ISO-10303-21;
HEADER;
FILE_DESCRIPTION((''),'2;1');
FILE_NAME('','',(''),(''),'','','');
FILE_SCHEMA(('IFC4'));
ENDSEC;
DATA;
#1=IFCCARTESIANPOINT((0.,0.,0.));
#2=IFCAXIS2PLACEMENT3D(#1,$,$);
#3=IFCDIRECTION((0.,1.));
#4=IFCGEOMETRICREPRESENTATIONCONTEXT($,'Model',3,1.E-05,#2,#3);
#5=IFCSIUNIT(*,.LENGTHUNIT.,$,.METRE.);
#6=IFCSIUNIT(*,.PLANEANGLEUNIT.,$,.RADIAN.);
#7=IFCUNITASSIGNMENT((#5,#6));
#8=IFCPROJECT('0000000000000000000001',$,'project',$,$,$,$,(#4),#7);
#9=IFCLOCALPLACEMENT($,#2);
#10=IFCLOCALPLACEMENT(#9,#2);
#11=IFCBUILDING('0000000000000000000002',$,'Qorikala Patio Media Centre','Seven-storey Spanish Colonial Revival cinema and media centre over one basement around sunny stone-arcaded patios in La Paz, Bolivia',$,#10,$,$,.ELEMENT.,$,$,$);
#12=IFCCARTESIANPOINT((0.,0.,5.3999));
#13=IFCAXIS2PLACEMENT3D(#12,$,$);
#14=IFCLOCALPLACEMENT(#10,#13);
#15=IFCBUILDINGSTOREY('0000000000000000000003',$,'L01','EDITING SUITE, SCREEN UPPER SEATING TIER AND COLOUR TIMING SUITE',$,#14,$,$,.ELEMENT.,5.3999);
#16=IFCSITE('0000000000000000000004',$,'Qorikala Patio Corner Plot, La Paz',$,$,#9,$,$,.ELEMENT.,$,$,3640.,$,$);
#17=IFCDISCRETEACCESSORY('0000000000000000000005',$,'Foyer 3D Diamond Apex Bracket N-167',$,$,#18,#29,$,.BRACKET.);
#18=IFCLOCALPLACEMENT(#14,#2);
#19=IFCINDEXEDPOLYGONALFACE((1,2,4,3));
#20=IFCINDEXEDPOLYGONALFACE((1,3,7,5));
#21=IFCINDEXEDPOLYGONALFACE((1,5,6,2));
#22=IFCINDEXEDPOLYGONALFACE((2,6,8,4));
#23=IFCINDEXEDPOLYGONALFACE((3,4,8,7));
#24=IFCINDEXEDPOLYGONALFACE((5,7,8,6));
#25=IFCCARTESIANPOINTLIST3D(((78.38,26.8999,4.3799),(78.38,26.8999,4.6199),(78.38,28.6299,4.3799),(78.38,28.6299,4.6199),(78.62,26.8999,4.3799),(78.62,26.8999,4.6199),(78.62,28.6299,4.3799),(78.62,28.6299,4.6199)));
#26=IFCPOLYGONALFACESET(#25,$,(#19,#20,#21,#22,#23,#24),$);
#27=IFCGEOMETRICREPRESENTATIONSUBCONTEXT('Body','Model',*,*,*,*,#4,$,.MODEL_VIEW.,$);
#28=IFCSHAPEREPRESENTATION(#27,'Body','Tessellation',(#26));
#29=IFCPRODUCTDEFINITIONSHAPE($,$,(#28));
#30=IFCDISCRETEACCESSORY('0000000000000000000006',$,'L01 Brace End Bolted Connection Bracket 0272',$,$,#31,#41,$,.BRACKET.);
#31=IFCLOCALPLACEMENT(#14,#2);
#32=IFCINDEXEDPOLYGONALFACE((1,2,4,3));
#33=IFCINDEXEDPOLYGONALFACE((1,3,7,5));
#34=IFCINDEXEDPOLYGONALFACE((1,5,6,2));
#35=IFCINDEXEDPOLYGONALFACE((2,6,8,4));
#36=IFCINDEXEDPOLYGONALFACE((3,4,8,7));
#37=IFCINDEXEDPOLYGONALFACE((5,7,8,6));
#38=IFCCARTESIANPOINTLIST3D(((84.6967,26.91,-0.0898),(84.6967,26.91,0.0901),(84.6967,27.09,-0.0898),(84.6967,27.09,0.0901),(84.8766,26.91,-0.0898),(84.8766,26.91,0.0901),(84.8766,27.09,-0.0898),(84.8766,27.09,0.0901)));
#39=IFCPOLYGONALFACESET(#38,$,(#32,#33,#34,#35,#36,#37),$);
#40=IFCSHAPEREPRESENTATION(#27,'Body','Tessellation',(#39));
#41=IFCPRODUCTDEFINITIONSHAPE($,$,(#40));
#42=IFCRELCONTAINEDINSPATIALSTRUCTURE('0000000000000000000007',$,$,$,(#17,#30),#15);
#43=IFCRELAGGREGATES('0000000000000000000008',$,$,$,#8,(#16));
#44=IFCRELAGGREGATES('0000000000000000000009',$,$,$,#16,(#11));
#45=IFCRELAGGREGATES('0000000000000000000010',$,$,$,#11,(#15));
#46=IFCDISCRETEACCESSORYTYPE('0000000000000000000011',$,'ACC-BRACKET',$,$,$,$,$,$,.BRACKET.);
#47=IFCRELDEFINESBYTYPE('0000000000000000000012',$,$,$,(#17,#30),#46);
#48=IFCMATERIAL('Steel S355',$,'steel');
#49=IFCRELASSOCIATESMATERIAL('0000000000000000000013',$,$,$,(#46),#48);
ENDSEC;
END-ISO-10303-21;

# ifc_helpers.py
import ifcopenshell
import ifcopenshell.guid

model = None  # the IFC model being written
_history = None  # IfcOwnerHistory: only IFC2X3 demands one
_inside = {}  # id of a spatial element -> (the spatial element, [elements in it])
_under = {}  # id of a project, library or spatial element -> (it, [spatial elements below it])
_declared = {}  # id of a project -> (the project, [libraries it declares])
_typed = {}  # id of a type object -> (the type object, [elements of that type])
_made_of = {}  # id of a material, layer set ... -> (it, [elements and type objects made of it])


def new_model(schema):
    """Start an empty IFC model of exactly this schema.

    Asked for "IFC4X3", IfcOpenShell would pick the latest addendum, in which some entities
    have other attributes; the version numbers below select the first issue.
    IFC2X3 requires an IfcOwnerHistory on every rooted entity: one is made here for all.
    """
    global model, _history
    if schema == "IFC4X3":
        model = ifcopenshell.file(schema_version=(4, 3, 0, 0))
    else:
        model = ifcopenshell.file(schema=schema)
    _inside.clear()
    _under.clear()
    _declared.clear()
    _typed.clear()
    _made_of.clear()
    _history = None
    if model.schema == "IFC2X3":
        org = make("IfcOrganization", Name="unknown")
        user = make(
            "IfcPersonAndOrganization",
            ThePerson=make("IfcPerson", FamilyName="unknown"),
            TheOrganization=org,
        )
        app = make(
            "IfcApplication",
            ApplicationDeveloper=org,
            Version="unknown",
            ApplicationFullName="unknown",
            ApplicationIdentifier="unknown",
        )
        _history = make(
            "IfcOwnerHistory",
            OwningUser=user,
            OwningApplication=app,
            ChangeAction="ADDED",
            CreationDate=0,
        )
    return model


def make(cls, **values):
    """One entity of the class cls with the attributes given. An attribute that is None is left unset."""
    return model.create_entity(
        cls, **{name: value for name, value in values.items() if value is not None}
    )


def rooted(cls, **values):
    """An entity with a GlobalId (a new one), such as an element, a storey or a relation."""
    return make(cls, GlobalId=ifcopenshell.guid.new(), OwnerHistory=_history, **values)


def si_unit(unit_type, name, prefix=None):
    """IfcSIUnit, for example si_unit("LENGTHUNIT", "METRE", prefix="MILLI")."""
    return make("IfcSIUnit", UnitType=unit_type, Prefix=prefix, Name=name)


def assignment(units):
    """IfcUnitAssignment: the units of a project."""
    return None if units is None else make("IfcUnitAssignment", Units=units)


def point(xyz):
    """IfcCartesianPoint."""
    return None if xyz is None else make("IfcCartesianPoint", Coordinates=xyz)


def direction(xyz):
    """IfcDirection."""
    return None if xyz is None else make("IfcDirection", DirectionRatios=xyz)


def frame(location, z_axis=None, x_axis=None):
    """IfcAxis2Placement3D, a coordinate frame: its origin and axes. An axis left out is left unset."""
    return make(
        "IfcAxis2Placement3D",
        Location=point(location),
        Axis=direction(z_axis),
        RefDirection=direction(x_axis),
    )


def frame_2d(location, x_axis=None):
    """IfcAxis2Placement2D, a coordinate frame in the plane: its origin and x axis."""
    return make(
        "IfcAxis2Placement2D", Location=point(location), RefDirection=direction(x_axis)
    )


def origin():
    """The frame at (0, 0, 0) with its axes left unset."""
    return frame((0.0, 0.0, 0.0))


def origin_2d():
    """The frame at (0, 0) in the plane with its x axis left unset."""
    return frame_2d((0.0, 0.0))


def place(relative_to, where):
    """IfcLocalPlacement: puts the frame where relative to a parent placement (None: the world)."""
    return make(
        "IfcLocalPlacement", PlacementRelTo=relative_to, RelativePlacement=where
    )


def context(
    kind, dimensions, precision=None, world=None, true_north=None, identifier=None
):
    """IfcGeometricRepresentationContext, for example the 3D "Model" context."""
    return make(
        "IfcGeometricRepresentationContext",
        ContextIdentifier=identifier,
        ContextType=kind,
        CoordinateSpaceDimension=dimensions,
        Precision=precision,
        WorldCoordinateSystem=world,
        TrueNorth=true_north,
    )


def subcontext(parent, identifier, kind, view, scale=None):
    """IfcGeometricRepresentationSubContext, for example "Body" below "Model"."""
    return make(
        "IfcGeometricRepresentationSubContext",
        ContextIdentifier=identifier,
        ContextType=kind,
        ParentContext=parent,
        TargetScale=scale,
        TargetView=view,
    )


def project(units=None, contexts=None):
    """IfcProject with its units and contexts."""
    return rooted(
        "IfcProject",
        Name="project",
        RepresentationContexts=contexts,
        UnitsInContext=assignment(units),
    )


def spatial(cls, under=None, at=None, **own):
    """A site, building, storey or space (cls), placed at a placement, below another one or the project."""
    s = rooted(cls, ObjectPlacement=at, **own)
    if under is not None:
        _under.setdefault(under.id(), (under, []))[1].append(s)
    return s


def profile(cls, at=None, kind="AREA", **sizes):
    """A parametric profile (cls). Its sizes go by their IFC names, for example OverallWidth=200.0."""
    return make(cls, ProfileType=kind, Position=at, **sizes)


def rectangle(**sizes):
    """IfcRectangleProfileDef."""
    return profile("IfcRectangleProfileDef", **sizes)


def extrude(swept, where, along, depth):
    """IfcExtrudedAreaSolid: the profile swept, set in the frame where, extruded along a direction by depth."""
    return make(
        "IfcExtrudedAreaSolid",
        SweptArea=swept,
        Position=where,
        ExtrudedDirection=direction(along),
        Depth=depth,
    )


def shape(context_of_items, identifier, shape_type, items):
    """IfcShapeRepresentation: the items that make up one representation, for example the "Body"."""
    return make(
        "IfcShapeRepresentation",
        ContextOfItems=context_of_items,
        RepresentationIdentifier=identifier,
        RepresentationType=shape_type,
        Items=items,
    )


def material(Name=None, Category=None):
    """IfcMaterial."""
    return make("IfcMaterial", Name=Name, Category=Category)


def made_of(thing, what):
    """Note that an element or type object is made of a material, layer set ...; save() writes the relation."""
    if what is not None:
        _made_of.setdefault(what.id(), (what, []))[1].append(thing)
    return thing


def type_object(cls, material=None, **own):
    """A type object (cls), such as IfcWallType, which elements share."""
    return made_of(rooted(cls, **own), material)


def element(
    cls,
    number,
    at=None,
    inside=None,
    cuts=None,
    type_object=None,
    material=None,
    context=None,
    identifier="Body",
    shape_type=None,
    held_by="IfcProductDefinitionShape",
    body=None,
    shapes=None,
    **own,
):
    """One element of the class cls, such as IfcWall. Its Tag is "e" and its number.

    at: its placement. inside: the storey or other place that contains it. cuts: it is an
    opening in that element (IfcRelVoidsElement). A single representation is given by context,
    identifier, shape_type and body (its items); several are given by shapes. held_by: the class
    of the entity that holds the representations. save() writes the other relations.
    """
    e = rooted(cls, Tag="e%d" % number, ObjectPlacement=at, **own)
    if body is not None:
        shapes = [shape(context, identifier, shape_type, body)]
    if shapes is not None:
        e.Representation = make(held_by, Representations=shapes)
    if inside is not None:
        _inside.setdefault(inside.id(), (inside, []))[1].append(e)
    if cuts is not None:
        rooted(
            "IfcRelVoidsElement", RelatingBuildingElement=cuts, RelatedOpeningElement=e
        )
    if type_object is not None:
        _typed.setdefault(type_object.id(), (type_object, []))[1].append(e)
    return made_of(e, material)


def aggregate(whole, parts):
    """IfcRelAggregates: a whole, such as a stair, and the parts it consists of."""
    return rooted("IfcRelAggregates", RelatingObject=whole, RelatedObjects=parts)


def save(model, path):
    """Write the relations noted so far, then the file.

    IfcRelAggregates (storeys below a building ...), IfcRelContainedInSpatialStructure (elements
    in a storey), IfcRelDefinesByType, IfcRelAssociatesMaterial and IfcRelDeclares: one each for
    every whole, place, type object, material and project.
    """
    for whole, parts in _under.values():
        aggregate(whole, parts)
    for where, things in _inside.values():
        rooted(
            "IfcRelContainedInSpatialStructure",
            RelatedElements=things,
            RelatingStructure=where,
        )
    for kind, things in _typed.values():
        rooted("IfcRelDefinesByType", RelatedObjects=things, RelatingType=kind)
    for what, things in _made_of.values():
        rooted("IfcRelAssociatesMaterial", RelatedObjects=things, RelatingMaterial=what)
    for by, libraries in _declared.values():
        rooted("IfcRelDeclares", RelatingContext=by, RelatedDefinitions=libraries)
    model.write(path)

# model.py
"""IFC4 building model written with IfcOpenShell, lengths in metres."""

from ifc_helpers import new_model, si_unit, direction, frame, origin, origin_2d, place, context, subcontext, project, spatial, rectangle, extrude, material, type_object, element, save


model = new_model("IFC4")

# Units and contexts
model_context = context("Model", 3, precision=1e-05, world=origin(), true_north=direction((0.0, 1.0)))
body_context = subcontext(model_context, "Body", "Model", "MODEL_VIEW")
ifc_project = project(units=[si_unit("LENGTHUNIT", "METRE"), si_unit("PLANEANGLEUNIT", "RADIAN")], contexts=[model_context])

# Site, building, storey
site_placement = place(None, origin())
site = spatial("IfcSite", under=ifc_project, at=site_placement, Name="Qorikala Patio Corner Plot, La Paz", CompositionType="ELEMENT", RefElevation=3640.0)
building_placement = place(site_placement, origin())
building = spatial("IfcBuilding", under=site, at=building_placement, Name="Qorikala Patio Media Centre", Description="Seven-storey Spanish Colonial Revival cinema and media centre over one basement around sunny stone-arcaded patios in La Paz, Bolivia", CompositionType="ELEMENT")
storey_placement = place(building_placement, frame((0.0, 0.0, 5.3999)))
storey = spatial("IfcBuildingStorey", under=building, at=storey_placement, Name="L01", Description="EDITING SUITE, SCREEN UPPER SEATING TIER AND COLOUR TIMING SUITE", CompositionType="ELEMENT", Elevation=5.3999)

# Discrete accessories
ifc_material_1 = material(Name="Steel S355", Category="steel")
discrete_accessory_type = type_object("IfcDiscreteAccessoryType", Name="ACC-BRACKET", PredefinedType="BRACKET", material=ifc_material_1)
discrete_accessory_1_placement = place(storey_placement, frame((78.5, 27.7649, 4.3799), z_axis=(0.0, 0.0, 1.0), x_axis=(1.0, 0.0, 0.0)))
element("IfcDiscreteAccessory", 1, at=discrete_accessory_1_placement, inside=storey, type_object=discrete_accessory_type, Name="Foyer 3D Diamond Apex Bracket N-167", PredefinedType="BRACKET", context=body_context, shape_type="SweptSolid", body=[
    extrude(rectangle(XDim=0.24, YDim=1.73, at=origin_2d()), origin(), (0.0, 0.0, 1.0), 0.24),
])
discrete_accessory_2_placement = place(storey_placement, frame((84.7866, 27.0, -0.0898), z_axis=(0.0, 0.0, 1.0), x_axis=(1.0, 0.0, 0.0)))
element("IfcDiscreteAccessory", 2, at=discrete_accessory_2_placement, inside=storey, type_object=discrete_accessory_type, Name="L01 Brace End Bolted Connection Bracket 0272", PredefinedType="BRACKET", context=body_context, shape_type="SweptSolid", body=[
    extrude(rectangle(XDim=0.1799, YDim=0.1799, at=origin_2d()), origin(), (0.0, 0.0, 1.0), 0.1799),
])

save(model, "model.ifc")
